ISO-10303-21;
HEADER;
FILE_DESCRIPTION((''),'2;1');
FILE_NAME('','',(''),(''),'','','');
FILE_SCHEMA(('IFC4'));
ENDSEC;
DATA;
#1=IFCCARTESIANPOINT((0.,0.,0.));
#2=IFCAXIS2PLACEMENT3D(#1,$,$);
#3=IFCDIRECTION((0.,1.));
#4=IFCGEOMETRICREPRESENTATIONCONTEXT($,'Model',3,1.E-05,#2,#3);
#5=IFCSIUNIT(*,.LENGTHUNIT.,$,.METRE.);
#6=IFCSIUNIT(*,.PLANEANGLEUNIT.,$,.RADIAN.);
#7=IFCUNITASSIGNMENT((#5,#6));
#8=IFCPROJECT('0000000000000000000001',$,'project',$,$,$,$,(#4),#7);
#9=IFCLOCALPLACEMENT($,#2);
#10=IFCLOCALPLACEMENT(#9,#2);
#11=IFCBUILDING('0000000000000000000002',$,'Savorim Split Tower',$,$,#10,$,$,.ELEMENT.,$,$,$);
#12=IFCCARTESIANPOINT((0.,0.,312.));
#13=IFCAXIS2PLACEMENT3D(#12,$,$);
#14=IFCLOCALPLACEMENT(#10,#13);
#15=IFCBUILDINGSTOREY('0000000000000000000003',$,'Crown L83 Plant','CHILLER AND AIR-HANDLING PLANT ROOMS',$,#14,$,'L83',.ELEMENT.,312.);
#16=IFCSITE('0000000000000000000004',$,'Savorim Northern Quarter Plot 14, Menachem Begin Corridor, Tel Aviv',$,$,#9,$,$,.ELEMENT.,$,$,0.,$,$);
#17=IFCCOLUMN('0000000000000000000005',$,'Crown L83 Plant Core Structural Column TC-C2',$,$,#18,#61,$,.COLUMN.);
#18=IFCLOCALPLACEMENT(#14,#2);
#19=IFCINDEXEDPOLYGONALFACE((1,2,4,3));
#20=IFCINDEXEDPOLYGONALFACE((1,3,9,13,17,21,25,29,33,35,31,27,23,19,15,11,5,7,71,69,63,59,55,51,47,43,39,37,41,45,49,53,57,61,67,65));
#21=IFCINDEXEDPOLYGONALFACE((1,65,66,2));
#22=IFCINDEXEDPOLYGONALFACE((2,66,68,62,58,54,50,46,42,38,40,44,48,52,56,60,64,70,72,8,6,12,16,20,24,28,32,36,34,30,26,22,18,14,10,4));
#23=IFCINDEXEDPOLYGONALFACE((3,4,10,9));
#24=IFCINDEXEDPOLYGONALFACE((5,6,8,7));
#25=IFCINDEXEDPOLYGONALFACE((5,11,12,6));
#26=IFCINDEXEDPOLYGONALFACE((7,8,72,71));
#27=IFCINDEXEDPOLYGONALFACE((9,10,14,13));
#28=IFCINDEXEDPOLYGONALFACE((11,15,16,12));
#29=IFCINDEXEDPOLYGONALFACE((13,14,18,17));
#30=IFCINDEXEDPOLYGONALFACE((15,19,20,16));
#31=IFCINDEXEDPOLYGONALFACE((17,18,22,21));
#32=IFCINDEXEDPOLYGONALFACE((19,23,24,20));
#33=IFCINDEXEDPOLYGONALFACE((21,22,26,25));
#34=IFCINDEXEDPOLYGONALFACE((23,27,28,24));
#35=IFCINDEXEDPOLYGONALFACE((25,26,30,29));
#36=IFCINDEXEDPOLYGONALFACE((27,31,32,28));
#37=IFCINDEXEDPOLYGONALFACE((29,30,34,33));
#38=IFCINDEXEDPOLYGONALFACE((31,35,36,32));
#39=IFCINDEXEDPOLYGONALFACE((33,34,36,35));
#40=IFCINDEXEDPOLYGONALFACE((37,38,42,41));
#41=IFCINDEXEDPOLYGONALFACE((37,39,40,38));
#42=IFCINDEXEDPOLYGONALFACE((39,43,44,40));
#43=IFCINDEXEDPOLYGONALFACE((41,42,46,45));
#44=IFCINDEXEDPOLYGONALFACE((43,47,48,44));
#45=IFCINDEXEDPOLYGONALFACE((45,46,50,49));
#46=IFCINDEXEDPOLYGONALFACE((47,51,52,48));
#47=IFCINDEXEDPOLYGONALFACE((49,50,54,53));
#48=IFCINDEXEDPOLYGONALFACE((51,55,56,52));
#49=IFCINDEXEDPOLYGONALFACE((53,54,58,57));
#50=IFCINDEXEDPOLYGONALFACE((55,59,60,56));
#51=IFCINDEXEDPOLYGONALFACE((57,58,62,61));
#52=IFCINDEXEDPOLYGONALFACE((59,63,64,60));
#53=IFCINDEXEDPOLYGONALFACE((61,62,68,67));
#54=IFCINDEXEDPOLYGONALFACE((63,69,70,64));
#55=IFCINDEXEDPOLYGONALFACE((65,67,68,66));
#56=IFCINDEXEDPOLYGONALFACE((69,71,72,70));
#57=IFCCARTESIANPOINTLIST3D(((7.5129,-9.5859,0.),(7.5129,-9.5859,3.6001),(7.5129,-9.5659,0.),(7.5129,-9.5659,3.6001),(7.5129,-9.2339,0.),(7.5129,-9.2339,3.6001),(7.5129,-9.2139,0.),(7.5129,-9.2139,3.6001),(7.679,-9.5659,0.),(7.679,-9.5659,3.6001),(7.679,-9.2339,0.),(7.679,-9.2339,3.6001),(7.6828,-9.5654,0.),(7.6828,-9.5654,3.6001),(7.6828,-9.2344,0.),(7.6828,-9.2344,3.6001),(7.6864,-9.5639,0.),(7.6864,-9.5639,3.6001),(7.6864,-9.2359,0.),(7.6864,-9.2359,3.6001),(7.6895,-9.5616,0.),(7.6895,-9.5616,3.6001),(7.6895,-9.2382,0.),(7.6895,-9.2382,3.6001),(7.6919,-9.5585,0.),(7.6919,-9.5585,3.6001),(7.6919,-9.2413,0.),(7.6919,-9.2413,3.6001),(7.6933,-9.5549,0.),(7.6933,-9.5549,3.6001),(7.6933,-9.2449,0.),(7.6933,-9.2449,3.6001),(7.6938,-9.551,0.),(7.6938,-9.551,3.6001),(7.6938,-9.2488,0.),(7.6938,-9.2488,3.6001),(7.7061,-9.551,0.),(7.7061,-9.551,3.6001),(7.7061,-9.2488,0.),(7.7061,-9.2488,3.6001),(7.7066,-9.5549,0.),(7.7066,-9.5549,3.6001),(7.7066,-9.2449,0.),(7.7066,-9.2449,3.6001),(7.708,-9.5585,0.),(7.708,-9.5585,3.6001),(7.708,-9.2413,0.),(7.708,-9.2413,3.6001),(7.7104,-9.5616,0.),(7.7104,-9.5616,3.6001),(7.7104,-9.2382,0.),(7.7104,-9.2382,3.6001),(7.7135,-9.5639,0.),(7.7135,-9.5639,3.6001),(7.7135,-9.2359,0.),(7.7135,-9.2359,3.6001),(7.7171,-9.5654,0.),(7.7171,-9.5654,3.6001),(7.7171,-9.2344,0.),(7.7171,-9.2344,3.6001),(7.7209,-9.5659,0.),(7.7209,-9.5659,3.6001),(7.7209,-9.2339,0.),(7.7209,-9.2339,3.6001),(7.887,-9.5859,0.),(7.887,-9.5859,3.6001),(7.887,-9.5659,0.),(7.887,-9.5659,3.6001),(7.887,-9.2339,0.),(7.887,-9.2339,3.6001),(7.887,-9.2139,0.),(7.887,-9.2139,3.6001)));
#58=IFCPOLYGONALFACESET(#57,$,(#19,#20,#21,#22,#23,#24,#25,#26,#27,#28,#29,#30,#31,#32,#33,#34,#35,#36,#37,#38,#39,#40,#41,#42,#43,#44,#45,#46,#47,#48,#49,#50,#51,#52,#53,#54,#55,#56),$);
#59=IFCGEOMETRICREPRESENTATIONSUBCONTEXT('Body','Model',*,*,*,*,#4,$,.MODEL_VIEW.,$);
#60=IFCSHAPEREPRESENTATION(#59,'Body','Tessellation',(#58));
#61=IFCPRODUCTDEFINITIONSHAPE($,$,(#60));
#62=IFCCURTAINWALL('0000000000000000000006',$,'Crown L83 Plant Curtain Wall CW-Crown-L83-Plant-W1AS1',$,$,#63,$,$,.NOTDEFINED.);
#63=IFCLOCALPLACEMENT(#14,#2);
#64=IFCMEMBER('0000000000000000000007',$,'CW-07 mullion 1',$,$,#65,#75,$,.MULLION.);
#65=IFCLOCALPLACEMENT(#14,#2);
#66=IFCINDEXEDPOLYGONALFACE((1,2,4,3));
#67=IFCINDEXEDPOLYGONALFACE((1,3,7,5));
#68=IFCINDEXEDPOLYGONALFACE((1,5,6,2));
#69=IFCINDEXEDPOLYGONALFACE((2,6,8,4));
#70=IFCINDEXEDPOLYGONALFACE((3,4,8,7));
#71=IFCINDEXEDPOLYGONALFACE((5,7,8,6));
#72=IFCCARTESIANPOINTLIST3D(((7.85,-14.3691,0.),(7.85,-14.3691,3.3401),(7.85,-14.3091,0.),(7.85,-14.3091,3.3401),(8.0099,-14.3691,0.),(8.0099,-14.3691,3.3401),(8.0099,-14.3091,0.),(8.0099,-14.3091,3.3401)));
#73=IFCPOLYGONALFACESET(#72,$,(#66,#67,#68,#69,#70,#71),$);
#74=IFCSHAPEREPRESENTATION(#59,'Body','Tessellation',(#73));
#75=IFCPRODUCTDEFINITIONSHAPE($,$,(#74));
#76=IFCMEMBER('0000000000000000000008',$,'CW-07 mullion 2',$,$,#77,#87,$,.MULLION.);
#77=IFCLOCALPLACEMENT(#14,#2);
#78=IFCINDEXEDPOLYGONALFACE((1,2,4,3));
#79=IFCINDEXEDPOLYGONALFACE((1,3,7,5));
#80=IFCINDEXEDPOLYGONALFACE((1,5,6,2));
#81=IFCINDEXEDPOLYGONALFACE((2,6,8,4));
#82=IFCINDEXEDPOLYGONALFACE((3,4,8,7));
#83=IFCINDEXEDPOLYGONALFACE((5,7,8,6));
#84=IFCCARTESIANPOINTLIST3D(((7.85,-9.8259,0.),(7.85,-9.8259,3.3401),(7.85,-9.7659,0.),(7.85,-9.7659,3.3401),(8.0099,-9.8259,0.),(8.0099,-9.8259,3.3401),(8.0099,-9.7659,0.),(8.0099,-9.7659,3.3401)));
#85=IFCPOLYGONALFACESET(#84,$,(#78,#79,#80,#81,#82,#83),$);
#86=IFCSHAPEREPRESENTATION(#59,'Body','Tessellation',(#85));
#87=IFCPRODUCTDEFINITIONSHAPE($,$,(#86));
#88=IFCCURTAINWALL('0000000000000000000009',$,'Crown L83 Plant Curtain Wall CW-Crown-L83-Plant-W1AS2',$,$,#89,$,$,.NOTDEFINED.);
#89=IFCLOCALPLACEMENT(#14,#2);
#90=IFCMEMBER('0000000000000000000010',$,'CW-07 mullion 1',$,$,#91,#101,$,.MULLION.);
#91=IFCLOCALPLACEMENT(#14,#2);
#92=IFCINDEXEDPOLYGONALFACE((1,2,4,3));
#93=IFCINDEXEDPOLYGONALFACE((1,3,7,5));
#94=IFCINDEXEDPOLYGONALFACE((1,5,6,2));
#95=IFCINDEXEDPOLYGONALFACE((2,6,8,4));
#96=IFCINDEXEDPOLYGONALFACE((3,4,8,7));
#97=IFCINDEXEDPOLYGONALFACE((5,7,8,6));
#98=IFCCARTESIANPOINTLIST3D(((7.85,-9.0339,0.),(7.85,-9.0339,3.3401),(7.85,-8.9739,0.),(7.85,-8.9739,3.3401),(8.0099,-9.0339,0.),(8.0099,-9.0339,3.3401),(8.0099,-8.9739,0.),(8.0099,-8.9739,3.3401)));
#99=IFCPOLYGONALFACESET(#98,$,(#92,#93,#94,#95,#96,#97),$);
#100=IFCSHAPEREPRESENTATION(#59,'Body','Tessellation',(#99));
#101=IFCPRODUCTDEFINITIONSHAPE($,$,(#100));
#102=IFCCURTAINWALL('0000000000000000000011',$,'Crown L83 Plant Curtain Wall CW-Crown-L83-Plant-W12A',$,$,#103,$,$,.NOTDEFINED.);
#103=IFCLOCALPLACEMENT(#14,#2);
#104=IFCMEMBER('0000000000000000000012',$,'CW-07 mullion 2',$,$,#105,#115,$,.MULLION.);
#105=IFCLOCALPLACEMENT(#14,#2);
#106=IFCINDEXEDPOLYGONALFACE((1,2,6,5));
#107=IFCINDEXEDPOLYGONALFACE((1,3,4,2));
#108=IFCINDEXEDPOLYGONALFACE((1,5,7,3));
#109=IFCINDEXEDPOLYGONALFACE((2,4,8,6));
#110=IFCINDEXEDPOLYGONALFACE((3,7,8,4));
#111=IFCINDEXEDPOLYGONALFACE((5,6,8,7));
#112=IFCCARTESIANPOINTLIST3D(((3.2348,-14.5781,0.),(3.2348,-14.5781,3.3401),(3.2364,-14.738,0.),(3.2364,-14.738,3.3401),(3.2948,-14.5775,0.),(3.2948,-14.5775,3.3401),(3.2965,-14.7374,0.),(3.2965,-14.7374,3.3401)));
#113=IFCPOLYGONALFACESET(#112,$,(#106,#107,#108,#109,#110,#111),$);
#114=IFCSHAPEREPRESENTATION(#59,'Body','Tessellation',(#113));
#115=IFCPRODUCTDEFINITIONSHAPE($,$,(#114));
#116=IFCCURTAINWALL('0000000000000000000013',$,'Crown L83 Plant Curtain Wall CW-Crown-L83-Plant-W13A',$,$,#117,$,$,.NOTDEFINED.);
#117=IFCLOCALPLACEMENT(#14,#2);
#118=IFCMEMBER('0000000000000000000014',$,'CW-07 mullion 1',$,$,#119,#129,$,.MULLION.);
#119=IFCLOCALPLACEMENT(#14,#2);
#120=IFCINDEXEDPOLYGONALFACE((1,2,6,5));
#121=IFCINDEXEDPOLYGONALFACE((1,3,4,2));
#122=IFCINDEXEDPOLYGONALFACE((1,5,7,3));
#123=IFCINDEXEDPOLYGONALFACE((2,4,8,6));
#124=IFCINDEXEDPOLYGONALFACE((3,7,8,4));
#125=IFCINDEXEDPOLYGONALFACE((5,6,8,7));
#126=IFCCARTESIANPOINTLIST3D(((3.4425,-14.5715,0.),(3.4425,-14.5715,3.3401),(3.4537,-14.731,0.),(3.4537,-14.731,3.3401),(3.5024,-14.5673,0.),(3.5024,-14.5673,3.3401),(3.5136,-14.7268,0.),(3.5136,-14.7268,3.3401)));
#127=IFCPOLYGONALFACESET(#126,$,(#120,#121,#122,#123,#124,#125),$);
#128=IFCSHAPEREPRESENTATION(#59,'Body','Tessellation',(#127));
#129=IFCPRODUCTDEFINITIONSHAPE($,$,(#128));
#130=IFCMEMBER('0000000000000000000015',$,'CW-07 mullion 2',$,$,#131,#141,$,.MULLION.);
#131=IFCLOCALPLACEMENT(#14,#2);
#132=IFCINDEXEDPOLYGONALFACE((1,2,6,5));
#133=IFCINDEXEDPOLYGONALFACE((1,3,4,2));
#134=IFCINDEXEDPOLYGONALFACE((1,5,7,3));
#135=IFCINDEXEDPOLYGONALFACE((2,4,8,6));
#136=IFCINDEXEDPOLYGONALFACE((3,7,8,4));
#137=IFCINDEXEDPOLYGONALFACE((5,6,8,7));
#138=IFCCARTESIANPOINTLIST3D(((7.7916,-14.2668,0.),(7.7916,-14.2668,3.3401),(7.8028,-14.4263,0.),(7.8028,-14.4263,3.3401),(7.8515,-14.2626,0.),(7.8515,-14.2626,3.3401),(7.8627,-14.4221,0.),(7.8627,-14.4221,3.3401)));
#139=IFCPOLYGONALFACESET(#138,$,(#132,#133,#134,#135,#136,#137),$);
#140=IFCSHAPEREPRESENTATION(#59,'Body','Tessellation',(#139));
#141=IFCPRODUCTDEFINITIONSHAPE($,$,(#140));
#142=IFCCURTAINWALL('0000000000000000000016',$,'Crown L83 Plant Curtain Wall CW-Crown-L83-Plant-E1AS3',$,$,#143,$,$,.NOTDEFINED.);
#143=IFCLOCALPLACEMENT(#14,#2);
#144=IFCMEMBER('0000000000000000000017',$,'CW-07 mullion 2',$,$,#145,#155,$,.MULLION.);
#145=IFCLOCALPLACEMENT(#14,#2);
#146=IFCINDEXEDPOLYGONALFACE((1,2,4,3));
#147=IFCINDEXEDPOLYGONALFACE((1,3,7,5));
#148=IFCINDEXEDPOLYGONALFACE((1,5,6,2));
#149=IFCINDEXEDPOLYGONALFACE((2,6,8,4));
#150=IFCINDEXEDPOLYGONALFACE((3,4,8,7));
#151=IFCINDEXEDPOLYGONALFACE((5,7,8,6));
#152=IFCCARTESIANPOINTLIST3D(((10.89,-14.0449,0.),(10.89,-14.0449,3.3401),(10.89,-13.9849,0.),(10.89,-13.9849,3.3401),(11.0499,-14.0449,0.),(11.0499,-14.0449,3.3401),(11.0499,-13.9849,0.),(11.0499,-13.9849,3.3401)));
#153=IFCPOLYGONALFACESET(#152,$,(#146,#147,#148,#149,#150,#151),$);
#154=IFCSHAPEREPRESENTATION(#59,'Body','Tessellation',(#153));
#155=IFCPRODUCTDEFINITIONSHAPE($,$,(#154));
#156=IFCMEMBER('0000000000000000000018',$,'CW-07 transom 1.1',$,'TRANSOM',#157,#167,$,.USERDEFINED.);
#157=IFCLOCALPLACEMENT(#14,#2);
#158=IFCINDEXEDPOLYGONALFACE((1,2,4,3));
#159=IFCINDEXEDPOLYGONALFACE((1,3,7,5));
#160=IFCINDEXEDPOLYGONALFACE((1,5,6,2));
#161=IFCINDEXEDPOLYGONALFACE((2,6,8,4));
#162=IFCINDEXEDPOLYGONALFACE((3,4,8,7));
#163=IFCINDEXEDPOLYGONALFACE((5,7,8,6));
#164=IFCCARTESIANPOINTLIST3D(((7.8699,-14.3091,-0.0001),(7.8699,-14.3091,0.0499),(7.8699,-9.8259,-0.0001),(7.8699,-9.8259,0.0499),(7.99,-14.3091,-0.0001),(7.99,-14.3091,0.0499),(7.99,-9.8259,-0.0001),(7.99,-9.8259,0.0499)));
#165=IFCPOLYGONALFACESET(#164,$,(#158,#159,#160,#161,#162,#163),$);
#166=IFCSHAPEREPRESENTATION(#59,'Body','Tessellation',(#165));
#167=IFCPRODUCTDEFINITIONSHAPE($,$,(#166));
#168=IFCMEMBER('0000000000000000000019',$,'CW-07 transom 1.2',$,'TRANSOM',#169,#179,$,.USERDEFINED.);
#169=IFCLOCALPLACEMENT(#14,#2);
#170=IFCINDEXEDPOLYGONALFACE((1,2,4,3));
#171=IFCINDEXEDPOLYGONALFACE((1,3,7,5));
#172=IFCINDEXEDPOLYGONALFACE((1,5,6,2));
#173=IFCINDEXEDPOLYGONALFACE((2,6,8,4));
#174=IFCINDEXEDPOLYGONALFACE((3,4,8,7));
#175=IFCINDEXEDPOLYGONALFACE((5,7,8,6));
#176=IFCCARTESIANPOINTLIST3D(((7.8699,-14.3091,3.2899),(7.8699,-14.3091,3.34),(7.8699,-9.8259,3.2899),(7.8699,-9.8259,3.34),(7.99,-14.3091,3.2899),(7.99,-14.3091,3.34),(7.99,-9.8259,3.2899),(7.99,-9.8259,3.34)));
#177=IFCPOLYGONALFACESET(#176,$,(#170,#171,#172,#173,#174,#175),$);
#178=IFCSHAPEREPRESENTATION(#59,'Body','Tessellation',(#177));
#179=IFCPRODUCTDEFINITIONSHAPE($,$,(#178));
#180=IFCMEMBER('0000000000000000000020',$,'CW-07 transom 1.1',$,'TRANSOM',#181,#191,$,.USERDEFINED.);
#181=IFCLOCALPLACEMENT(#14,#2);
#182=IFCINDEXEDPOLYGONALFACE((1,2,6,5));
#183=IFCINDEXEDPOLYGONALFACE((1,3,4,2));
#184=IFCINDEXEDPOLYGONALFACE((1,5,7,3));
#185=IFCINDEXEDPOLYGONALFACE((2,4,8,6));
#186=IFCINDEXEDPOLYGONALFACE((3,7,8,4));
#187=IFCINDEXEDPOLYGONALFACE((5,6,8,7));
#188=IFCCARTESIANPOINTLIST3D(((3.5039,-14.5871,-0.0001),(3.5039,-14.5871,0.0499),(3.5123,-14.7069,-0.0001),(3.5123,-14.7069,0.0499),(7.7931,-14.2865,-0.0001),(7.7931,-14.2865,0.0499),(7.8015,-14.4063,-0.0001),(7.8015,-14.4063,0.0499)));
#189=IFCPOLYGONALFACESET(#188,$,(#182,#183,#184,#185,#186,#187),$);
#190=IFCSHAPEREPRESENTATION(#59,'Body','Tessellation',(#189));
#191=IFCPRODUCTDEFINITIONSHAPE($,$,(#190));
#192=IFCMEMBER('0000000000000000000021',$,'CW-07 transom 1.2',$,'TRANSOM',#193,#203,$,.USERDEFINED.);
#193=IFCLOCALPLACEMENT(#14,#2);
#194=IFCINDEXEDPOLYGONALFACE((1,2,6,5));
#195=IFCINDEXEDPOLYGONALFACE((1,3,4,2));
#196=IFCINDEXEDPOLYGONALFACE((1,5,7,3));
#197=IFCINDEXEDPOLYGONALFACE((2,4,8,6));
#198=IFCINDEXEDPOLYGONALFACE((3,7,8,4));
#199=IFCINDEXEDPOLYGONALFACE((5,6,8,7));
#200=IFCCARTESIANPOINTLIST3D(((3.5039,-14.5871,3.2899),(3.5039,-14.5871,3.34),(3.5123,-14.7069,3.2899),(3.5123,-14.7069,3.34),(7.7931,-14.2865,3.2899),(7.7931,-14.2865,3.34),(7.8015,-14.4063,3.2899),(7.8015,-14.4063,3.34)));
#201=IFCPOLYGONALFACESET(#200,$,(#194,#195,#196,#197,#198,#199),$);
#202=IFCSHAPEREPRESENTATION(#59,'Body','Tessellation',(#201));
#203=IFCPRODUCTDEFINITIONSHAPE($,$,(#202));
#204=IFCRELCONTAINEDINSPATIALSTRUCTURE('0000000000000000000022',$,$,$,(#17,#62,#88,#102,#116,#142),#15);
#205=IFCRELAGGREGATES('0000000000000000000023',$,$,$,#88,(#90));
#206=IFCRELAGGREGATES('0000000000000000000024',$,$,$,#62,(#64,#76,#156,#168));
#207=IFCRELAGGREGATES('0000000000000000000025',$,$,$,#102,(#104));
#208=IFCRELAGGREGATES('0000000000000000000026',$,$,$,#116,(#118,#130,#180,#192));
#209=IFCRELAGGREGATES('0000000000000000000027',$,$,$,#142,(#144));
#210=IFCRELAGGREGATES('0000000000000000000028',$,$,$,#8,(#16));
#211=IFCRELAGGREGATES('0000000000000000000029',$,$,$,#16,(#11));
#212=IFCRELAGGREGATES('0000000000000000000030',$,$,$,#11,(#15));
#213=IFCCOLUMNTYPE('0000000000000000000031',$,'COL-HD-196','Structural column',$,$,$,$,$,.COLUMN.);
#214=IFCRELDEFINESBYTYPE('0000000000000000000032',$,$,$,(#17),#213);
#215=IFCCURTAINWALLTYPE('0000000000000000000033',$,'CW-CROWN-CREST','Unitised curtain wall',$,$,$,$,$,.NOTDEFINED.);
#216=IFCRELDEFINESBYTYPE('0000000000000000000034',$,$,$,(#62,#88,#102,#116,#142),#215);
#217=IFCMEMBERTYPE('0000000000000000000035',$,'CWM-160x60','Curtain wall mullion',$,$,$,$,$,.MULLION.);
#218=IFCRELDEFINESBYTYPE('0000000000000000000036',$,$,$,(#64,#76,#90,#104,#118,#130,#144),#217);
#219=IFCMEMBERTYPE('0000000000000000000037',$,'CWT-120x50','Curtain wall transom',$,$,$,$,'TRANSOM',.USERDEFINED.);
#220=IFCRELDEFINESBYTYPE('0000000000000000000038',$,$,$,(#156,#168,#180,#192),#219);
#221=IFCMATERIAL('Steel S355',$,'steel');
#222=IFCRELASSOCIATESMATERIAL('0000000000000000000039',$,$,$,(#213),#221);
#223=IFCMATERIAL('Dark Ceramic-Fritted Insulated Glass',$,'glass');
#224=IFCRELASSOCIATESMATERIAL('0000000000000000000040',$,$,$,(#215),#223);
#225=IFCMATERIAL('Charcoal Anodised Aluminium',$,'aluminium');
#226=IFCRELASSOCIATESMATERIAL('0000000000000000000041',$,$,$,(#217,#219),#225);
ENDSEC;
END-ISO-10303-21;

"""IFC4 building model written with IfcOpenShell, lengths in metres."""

from ifc_helpers import new_model, si_unit, direction, frame, origin, origin_2d, place, context, subcontext, project, spatial, rectangle, i_section, extrude, material, material_profile, profile_set, type_object, element, aggregate, save


model = new_model("IFC4")

# Units and contexts
model_context = context("Model", 3, precision=1e-05, world=origin(), true_north=direction((0.0, 1.0)))
body_context = subcontext(model_context, "Body", "Model", "MODEL_VIEW")
ifc_project = project(units=[si_unit("LENGTHUNIT", "METRE"), si_unit("PLANEANGLEUNIT", "RADIAN")], contexts=[model_context])

# Site, building, storey
site_placement = place(None, origin())
site = spatial("IfcSite", under=ifc_project, at=site_placement, Name="Savorim Northern Quarter Plot 14, Menachem Begin Corridor, Tel Aviv", CompositionType="ELEMENT", RefElevation=0.0)
building_placement = place(site_placement, origin())
building = spatial("IfcBuilding", under=site, at=building_placement, Name="Savorim Split Tower", CompositionType="ELEMENT")
storey_placement = place(building_placement, frame((0.0, 0.0, 312.0)))
storey = spatial("IfcBuildingStorey", under=building, at=storey_placement, Name="Crown L83 Plant", Description="CHILLER AND AIR-HANDLING PLANT ROOMS", LongName="L83", CompositionType="ELEMENT", Elevation=312.0)

# Column
ifc_material_1 = material(Name="Steel S355", Category="steel")
ifc_material_profile_1 = material_profile(ifc_material_1, i_section(OverallWidth=0.374, OverallDepth=0.3721, WebThickness=0.0122, FlangeThickness=0.02, FilletRadius=0.0149, at=origin_2d()), Name="HD 360x196")
ifc_profile_set_1 = profile_set([ifc_material_profile_1], Name="Steel S355")
column_type = type_object("IfcColumnType", Name="COL-HD-196", Description="Structural column", PredefinedType="COLUMN", material=ifc_profile_set_1)
column_placement = place(storey_placement, frame((7.7, -9.3999, 0.0), z_axis=(0.0, 0.0, 1.0), x_axis=(1.0, 0.0, 0.0)))
element("IfcColumn", 1, at=column_placement, inside=storey, type_object=column_type, Name="Crown L83 Plant Core Structural Column TC-C2", PredefinedType="COLUMN", context=body_context, shape_type="SweptSolid", body=[
    extrude(i_section(OverallWidth=0.374, OverallDepth=0.3721, WebThickness=0.0122, FlangeThickness=0.02, FilletRadius=0.0149, at=origin_2d()), origin(), (0.0, 0.0, 1.0), 3.6001),
])

# Curtain wall, members
ifc_material_2 = material(Name="Dark Ceramic-Fritted Insulated Glass", Category="glass")
curtain_wall_type = type_object("IfcCurtainWallType", Name="CW-CROWN-CREST", Description="Unitised curtain wall", PredefinedType="NOTDEFINED", material=ifc_material_2)
curtain_wall_1_placement = place(storey_placement, origin())
curtain_wall_1 = element("IfcCurtainWall", 2, at=curtain_wall_1_placement, inside=storey, type_object=curtain_wall_type, Name="Crown L83 Plant Curtain Wall CW-Crown-L83-Plant-W1AS1", PredefinedType="NOTDEFINED")
ifc_material_3 = material(Name="Charcoal Anodised Aluminium", Category="aluminium")
ifc_material_profile_2 = material_profile(ifc_material_3, rectangle(XDim=0.1599, YDim=0.0601, at=origin_2d()), Name="ALU-M 160x60")
ifc_profile_set_2 = profile_set([ifc_material_profile_2], Name="Charcoal Anodised Aluminium")
member_type_1 = type_object("IfcMemberType", Name="CWM-160x60", Description="Curtain wall mullion", PredefinedType="MULLION", material=ifc_profile_set_2)
member_1_placement = place(storey_placement, frame((7.9299, -14.3391, 0.0), z_axis=(0.0, 0.0, 1.0), x_axis=(-1.0, 0.0, 0.0)))
member_1 = element("IfcMember", 3, at=member_1_placement, type_object=member_type_1, Name="CW-07 mullion 1", PredefinedType="MULLION", context=body_context, shape_type="SweptSolid", body=[
    extrude(rectangle(XDim=0.1599, YDim=0.0601, at=origin_2d()), origin(), (0.0, 0.0, 1.0), 3.3401),
])
member_2_placement = place(storey_placement, frame((7.9299, -9.7959, 0.0), z_axis=(0.0, 0.0, 1.0), x_axis=(-1.0, 0.0, 0.0)))
member_2 = element("IfcMember", 4, at=member_2_placement, type_object=member_type_1, Name="CW-07 mullion 2", PredefinedType="MULLION", context=body_context, shape_type="SweptSolid", body=[
    extrude(rectangle(XDim=0.1599, YDim=0.0601, at=origin_2d()), origin(), (0.0, 0.0, 1.0), 3.3401),
])

# Curtain walls, members
curtain_wall_2_placement = place(storey_placement, origin())
curtain_wall_2 = element("IfcCurtainWall", 5, at=curtain_wall_2_placement, inside=storey, type_object=curtain_wall_type, Name="Crown L83 Plant Curtain Wall CW-Crown-L83-Plant-W1AS2", PredefinedType="NOTDEFINED")
member_3_placement = place(storey_placement, frame((7.9299, -9.0039, 0.0), z_axis=(0.0, 0.0, 1.0), x_axis=(-1.0, 0.0, 0.0)))
member_3 = element("IfcMember", 6, at=member_3_placement, type_object=member_type_1, Name="CW-07 mullion 1", PredefinedType="MULLION", context=body_context, shape_type="SweptSolid", body=[
    extrude(rectangle(XDim=0.1599, YDim=0.0601, at=origin_2d()), origin(), (0.0, 0.0, 1.0), 3.3401),
])
aggregate(curtain_wall_2, [member_3])
curtain_wall_3_placement = place(storey_placement, origin())
curtain_wall_3 = element("IfcCurtainWall", 7, at=curtain_wall_3_placement, inside=storey, type_object=curtain_wall_type, Name="Crown L83 Plant Curtain Wall CW-Crown-L83-Plant-W12A", PredefinedType="NOTDEFINED")
member_4_placement = place(storey_placement, frame((3.2656, -14.6577, 0.0), z_axis=(0.0, 0.0, 1.0), x_axis=(-0.010233, 0.999948, 0.0)))
member_4 = element("IfcMember", 8, at=member_4_placement, type_object=member_type_1, Name="CW-07 mullion 2", PredefinedType="MULLION", context=body_context, shape_type="SweptSolid", body=[
    extrude(rectangle(XDim=0.1599, YDim=0.0601, at=origin_2d()), origin(), (0.0, 0.0, 1.0), 3.3401),
])

# Curtain wall, members
curtain_wall_4_placement = place(storey_placement, origin())
curtain_wall_4 = element("IfcCurtainWall", 9, at=curtain_wall_4_placement, inside=storey, type_object=curtain_wall_type, Name="Crown L83 Plant Curtain Wall CW-Crown-L83-Plant-W13A", PredefinedType="NOTDEFINED")
member_5_placement = place(storey_placement, frame((3.478, -14.6492, 0.0), z_axis=(0.0, 0.0, 1.0), x_axis=(-0.069891, 0.997555, 0.0)))
member_5 = element("IfcMember", 10, at=member_5_placement, type_object=member_type_1, Name="CW-07 mullion 1", PredefinedType="MULLION", context=body_context, shape_type="SweptSolid", body=[
    extrude(rectangle(XDim=0.1599, YDim=0.0601, at=origin_2d()), origin(), (0.0, 0.0, 1.0), 3.3401),
])
member_6_placement = place(storey_placement, frame((7.8271, -14.3445, 0.0), z_axis=(0.0, 0.0, 1.0), x_axis=(-0.069891, 0.997555, 0.0)))
member_6 = element("IfcMember", 11, at=member_6_placement, type_object=member_type_1, Name="CW-07 mullion 2", PredefinedType="MULLION", context=body_context, shape_type="SweptSolid", body=[
    extrude(rectangle(XDim=0.1599, YDim=0.0601, at=origin_2d()), origin(), (0.0, 0.0, 1.0), 3.3401),
])

# Curtain wall, member
curtain_wall_5_placement = place(storey_placement, origin())
curtain_wall_5 = element("IfcCurtainWall", 12, at=curtain_wall_5_placement, inside=storey, type_object=curtain_wall_type, Name="Crown L83 Plant Curtain Wall CW-Crown-L83-Plant-E1AS3", PredefinedType="NOTDEFINED")
member_7_placement = place(storey_placement, frame((10.97, -14.0149, 0.0), z_axis=(0.0, 0.0, 1.0), x_axis=(1.0, 0.0, 0.0)))
member_7 = element("IfcMember", 13, at=member_7_placement, type_object=member_type_1, Name="CW-07 mullion 2", PredefinedType="MULLION", context=body_context, shape_type="SweptSolid", body=[
    extrude(rectangle(XDim=0.1599, YDim=0.0601, at=origin_2d()), origin(), (0.0, 0.0, 1.0), 3.3401),
])

# Members
ifc_material_profile_3 = material_profile(ifc_material_3, rectangle(XDim=0.1201, YDim=0.05, at=origin_2d()), Name="ALU-T 120x50")
ifc_profile_set_3 = profile_set([ifc_material_profile_3], Name="Charcoal Anodised Aluminium")
member_type_2 = type_object("IfcMemberType", Name="CWT-120x50", Description="Curtain wall transom", ElementType="TRANSOM", PredefinedType="USERDEFINED", material=ifc_profile_set_3)
member_8_placement = place(storey_placement, frame((7.9299, -14.3091, 0.0249), z_axis=(0.0, 1.0, 0.0), x_axis=(-1.0, 0.0, 0.0)))
member_8 = element("IfcMember", 14, at=member_8_placement, type_object=member_type_2, Name="CW-07 transom 1.1", ObjectType="TRANSOM", PredefinedType="USERDEFINED", context=body_context, shape_type="SweptSolid", body=[
    extrude(rectangle(XDim=0.1201, YDim=0.05, at=origin_2d()), origin(), (0.0, 0.0, 1.0), 4.4832),
])
member_9_placement = place(storey_placement, frame((7.9299, -14.3091, 3.3149), z_axis=(0.0, 1.0, 0.0), x_axis=(-1.0, 0.0, 0.0)))
member_9 = element("IfcMember", 15, at=member_9_placement, type_object=member_type_2, Name="CW-07 transom 1.2", ObjectType="TRANSOM", PredefinedType="USERDEFINED", context=body_context, shape_type="SweptSolid", body=[
    extrude(rectangle(XDim=0.1201, YDim=0.05, at=origin_2d()), origin(), (0.0, 0.0, 1.0), 4.4832),
])
member_10_placement = place(storey_placement, frame((3.5081, -14.647, 0.0249), z_axis=(0.997554, 0.069895, 0.0), x_axis=(-0.069895, 0.997554, 0.0)))
member_10 = element("IfcMember", 16, at=member_10_placement, type_object=member_type_2, Name="CW-07 transom 1.1", ObjectType="TRANSOM", PredefinedType="USERDEFINED", context=body_context, shape_type="SweptSolid", body=[
    extrude(rectangle(XDim=0.1201, YDim=0.05, at=origin_2d()), origin(), (0.0, 0.0, 1.0), 4.2998),
])
member_11_placement = place(storey_placement, frame((3.5081, -14.647, 3.3149), z_axis=(0.997554, 0.069895, 0.0), x_axis=(-0.069895, 0.997554, 0.0)))
member_11 = element("IfcMember", 17, at=member_11_placement, type_object=member_type_2, Name="CW-07 transom 1.2", ObjectType="TRANSOM", PredefinedType="USERDEFINED", context=body_context, shape_type="SweptSolid", body=[
    extrude(rectangle(XDim=0.1201, YDim=0.05, at=origin_2d()), origin(), (0.0, 0.0, 1.0), 4.2998),
])

aggregate(curtain_wall_1, [member_1, member_2, member_8, member_9])
aggregate(curtain_wall_3, [member_4])
aggregate(curtain_wall_4, [member_5, member_6, member_10, member_11])
aggregate(curtain_wall_5, [member_7])

save(model, "model.ifc")
